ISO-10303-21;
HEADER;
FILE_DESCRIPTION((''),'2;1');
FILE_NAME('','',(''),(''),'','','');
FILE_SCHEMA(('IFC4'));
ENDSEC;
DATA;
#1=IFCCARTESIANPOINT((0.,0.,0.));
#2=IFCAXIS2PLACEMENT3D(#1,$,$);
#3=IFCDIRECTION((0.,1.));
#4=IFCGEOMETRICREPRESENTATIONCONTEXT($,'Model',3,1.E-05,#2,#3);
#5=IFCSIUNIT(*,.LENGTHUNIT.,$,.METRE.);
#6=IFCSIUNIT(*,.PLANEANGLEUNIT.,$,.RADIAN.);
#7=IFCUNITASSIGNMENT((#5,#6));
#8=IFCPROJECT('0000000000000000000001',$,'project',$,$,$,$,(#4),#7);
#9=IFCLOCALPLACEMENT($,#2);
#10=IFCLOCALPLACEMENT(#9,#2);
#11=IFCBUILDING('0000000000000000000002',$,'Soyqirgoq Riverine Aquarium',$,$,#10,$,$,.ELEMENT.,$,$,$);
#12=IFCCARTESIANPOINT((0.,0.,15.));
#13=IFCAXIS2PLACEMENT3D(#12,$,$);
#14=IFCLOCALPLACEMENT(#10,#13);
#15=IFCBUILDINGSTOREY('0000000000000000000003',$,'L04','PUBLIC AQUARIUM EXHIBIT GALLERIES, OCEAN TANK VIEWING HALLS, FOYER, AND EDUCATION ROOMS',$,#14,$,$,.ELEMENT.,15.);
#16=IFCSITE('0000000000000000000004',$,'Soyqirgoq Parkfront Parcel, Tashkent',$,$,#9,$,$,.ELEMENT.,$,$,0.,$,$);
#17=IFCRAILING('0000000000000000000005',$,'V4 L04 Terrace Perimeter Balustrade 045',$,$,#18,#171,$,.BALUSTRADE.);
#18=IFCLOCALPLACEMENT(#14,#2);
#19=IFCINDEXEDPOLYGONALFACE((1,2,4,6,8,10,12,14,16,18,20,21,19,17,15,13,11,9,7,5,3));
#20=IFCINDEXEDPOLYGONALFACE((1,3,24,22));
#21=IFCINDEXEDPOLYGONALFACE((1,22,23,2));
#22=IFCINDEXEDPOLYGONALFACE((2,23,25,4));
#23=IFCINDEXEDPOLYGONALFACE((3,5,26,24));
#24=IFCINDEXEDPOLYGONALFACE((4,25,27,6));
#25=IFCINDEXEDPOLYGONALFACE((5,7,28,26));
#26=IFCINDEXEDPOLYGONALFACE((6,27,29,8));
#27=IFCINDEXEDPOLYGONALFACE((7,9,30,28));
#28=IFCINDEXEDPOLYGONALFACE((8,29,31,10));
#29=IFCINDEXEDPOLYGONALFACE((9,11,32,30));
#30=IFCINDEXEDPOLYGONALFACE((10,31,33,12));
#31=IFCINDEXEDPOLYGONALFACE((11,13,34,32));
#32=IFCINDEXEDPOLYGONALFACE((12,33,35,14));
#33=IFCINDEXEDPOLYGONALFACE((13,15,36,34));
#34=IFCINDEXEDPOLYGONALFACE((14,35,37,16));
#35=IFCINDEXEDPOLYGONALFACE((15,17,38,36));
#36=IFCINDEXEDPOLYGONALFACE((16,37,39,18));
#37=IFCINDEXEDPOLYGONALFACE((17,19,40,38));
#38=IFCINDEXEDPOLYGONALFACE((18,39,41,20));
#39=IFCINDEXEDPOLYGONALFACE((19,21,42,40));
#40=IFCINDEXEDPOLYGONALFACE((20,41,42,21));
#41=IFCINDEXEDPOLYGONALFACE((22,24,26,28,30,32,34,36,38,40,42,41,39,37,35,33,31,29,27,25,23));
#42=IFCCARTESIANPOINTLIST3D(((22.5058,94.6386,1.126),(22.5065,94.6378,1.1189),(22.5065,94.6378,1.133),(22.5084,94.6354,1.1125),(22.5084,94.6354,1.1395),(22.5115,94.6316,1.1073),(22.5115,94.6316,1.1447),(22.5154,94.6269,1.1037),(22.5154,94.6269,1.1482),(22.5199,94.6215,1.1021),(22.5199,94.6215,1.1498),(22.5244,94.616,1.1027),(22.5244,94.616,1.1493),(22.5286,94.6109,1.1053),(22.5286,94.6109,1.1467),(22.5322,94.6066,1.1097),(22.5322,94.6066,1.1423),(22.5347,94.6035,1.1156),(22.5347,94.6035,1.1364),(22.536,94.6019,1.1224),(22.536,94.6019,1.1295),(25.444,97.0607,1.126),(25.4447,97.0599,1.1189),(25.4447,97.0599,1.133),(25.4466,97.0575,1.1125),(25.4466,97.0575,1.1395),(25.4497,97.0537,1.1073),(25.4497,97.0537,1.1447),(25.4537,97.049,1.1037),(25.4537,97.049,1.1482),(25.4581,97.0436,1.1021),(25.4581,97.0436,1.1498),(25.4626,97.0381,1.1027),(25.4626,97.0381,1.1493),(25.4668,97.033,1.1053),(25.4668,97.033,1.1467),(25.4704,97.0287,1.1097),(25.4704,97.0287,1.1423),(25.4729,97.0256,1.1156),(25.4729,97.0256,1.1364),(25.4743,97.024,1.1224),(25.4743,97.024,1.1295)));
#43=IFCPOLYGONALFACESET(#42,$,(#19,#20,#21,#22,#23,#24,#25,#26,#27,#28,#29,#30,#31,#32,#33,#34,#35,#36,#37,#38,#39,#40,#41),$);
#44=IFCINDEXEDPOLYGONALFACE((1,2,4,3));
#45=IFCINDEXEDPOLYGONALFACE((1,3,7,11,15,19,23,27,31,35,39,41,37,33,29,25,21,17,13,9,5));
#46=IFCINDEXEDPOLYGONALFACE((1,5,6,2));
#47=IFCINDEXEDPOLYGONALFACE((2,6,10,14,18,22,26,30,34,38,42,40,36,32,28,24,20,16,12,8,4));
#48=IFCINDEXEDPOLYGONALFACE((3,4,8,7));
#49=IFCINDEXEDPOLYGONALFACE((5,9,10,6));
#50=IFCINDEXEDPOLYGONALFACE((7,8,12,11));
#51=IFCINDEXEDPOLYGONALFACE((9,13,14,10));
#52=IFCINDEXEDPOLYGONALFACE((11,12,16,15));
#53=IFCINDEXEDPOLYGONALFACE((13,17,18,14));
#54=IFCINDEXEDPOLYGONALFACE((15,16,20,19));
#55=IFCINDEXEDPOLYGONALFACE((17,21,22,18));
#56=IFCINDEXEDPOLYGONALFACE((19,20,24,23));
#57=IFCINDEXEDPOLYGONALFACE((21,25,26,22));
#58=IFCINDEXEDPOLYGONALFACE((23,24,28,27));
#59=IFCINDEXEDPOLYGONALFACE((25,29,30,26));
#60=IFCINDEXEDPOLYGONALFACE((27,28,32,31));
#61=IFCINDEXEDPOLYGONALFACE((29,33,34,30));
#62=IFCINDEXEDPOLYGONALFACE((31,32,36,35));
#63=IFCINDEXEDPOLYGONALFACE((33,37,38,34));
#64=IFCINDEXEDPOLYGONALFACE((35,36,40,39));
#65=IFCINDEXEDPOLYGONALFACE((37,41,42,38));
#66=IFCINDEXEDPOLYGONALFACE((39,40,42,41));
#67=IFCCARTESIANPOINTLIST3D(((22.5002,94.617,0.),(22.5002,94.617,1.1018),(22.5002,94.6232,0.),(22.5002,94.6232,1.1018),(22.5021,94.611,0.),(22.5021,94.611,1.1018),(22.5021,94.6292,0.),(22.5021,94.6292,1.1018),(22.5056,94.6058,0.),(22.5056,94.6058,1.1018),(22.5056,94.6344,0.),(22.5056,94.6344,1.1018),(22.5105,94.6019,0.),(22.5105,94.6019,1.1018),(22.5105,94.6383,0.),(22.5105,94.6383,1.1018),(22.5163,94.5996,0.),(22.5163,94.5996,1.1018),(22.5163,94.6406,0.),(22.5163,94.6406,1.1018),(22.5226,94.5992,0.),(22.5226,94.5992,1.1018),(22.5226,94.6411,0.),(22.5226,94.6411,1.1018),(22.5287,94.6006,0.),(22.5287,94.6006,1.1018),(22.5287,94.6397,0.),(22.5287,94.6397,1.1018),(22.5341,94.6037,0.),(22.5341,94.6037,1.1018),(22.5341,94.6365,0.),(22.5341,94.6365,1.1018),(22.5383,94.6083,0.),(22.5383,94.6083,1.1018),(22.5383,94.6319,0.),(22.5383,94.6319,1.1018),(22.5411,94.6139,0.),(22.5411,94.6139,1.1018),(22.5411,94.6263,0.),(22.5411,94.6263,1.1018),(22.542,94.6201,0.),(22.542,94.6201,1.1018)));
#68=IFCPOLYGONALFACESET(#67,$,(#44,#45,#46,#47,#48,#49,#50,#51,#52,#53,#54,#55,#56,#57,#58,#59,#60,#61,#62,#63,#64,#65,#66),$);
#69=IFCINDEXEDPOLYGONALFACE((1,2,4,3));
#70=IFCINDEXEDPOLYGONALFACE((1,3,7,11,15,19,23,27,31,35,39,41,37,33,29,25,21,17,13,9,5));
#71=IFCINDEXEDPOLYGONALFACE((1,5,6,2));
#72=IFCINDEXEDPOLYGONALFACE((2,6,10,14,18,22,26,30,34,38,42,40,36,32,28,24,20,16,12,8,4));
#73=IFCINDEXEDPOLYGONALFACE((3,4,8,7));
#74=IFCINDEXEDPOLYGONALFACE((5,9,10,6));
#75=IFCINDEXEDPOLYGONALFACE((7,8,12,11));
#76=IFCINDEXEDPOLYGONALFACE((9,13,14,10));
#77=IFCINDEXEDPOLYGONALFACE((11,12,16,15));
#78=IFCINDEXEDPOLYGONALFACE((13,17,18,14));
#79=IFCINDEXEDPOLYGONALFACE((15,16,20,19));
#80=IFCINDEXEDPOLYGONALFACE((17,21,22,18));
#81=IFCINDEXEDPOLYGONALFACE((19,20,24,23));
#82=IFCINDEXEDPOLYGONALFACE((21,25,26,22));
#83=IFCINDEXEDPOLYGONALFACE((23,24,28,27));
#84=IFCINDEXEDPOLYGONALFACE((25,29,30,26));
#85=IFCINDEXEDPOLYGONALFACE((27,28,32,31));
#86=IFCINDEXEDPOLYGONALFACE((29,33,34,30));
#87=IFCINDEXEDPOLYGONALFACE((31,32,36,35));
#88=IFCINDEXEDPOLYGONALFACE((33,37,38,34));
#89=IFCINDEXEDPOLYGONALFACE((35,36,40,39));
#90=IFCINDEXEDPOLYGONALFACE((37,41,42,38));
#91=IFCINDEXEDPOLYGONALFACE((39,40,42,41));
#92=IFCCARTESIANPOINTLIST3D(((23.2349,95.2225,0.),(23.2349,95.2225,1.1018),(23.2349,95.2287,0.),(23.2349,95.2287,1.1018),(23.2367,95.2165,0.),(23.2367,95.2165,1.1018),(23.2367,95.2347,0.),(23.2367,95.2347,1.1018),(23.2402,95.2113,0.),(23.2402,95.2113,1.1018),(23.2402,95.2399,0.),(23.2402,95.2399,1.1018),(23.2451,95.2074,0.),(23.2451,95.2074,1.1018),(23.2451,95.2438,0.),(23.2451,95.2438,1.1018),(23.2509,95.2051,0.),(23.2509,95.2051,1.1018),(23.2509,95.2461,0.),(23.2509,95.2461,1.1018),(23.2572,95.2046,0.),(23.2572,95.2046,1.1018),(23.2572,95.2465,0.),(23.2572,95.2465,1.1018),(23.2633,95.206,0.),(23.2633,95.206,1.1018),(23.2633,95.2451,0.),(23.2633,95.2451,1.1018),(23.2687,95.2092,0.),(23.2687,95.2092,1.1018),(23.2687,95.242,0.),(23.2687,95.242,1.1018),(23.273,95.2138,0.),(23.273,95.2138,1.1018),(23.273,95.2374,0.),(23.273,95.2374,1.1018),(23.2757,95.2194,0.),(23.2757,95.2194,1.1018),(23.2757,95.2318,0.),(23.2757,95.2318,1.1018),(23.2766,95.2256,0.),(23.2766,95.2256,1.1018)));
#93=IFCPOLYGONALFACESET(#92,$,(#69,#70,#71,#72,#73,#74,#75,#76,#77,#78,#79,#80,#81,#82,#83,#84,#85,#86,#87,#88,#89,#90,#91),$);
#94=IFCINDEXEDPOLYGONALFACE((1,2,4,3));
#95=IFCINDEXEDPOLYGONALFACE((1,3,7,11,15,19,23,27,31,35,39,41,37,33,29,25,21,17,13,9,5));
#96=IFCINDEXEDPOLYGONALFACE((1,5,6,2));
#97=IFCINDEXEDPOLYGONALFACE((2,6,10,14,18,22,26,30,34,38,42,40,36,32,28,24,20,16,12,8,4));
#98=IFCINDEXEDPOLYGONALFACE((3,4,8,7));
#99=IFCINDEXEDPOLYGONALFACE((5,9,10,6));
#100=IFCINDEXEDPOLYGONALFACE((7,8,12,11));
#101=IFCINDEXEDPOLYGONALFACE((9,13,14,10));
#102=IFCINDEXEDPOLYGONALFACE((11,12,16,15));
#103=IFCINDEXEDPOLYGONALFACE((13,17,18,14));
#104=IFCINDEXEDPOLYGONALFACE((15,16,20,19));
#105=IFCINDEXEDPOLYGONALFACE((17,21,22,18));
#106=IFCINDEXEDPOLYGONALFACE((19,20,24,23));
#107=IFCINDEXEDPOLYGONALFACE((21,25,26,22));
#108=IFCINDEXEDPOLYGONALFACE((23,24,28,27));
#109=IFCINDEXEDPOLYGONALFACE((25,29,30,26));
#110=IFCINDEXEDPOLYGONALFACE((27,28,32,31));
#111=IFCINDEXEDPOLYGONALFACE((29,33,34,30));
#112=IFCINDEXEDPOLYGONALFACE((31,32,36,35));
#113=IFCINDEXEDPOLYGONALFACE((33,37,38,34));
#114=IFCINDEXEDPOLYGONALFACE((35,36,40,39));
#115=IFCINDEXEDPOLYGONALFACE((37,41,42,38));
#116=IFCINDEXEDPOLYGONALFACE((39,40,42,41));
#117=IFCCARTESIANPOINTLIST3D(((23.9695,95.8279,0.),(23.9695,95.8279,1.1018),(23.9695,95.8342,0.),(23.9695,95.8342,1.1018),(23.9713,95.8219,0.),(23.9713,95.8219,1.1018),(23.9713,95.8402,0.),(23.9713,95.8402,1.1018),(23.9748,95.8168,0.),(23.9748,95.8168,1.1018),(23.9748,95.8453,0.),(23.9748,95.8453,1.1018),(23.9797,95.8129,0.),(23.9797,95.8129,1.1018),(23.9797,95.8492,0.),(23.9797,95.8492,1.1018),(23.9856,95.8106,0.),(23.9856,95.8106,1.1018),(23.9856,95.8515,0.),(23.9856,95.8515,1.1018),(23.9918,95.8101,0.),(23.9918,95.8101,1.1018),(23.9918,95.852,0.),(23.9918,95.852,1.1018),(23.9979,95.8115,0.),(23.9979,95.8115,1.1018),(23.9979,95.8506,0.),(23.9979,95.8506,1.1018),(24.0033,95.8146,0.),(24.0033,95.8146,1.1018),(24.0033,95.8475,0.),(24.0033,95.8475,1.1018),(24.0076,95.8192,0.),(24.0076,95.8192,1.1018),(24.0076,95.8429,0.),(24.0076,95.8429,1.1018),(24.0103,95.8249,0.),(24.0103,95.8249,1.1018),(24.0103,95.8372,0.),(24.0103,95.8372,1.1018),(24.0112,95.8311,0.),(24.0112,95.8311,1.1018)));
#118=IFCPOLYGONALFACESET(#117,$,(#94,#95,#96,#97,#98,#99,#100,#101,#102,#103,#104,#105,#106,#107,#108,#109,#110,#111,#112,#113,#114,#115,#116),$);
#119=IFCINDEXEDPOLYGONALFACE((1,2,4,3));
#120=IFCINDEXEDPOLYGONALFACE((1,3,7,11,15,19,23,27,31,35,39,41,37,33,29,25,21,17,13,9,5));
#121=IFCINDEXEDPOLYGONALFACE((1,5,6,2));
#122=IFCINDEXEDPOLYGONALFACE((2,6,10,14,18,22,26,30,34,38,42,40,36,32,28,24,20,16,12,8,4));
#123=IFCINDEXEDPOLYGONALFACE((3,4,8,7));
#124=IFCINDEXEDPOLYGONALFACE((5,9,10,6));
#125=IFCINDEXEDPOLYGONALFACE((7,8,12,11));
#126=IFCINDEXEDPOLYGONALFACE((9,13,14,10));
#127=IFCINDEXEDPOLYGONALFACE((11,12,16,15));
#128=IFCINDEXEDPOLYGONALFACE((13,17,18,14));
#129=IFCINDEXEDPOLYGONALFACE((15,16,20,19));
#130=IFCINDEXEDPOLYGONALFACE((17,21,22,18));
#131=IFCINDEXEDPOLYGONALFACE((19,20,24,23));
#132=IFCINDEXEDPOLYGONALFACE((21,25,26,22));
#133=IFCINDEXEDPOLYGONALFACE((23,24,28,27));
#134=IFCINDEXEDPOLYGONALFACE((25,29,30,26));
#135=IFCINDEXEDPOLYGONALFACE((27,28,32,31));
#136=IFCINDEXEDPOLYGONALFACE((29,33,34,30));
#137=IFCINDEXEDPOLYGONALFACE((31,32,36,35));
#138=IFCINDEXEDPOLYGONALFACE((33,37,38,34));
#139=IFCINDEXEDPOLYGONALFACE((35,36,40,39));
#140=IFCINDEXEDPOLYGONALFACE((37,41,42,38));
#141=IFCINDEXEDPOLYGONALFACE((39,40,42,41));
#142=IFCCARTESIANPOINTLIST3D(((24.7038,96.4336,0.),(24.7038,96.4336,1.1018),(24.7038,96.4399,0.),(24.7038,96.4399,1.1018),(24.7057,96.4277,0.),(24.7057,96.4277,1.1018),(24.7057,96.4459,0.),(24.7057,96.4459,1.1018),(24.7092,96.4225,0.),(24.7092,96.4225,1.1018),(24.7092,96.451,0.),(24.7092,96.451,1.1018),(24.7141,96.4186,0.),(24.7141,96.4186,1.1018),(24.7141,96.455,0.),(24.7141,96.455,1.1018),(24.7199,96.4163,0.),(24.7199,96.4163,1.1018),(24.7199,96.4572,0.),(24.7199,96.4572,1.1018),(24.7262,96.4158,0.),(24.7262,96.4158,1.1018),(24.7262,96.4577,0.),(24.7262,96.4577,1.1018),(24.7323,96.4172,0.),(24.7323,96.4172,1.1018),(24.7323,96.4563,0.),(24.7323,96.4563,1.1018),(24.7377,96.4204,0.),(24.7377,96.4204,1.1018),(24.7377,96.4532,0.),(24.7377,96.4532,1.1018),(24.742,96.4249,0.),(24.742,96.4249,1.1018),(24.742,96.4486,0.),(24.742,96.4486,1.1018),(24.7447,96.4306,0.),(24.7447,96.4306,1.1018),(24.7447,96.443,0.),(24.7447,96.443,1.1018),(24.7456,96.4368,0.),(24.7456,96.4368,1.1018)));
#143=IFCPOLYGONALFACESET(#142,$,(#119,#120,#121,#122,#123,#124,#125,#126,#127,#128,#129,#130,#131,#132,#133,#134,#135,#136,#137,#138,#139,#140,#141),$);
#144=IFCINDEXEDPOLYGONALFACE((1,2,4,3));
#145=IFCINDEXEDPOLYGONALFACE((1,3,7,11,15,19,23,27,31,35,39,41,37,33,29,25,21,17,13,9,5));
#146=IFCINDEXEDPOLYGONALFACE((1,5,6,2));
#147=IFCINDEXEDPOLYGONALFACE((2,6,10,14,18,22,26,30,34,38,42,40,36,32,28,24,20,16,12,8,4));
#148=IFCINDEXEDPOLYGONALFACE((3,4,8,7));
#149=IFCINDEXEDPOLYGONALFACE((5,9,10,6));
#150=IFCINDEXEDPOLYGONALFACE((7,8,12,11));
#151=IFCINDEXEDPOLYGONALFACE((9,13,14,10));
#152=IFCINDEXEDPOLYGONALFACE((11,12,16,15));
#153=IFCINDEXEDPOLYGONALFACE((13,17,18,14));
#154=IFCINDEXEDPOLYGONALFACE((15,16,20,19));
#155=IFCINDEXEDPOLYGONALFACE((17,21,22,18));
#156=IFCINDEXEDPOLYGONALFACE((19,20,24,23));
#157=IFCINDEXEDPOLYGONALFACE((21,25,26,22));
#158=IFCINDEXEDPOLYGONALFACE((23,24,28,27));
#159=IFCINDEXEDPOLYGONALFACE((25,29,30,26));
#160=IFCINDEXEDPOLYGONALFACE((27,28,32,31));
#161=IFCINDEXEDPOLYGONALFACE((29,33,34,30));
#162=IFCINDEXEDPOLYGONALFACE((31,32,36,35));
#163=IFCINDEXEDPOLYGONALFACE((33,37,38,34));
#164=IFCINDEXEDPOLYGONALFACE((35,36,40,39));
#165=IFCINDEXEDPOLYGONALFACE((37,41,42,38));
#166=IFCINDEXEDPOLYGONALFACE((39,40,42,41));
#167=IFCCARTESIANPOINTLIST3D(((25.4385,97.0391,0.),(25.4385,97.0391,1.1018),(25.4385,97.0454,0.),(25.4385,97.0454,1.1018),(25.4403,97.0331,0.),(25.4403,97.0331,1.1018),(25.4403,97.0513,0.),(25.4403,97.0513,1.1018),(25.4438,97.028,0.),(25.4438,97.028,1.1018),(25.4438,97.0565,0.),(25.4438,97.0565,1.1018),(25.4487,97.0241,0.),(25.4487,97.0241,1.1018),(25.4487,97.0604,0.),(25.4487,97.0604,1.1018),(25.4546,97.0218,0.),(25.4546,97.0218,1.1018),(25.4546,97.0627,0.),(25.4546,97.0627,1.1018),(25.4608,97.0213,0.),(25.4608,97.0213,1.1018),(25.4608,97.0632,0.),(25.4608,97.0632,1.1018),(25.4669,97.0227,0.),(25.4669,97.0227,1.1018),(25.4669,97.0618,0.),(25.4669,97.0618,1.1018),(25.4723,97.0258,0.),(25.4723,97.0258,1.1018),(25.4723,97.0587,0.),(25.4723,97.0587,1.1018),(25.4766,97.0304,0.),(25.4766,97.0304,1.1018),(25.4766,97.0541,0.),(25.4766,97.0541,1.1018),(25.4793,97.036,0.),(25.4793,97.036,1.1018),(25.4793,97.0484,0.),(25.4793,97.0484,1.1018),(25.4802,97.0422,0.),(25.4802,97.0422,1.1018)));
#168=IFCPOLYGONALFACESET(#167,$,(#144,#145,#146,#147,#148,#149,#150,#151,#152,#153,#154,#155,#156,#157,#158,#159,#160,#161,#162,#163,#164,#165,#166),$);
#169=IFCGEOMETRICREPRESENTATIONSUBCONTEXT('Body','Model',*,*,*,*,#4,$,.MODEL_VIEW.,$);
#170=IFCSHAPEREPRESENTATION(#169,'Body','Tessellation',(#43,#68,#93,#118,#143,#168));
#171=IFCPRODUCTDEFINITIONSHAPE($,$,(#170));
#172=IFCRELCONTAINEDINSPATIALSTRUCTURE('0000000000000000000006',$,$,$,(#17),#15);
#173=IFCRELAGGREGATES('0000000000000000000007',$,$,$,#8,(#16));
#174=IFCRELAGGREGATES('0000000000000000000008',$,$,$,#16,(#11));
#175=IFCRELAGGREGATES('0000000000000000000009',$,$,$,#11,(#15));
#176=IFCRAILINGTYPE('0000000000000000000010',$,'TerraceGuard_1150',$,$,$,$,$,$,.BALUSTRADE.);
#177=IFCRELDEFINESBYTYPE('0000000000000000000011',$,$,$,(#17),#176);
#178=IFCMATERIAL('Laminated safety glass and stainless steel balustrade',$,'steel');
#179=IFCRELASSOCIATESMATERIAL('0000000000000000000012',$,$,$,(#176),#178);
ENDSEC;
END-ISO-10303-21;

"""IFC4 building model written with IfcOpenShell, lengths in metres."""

from ifc_helpers import new_model, si_unit, direction, frame, origin, origin_2d, place, context, subcontext, project, spatial, circle, extrude, material, type_object, element, save


model = new_model("IFC4")

# Units and contexts
model_context = context("Model", 3, precision=1e-05, world=origin(), true_north=direction((0.0, 1.0)))
body_context = subcontext(model_context, "Body", "Model", "MODEL_VIEW")
ifc_project = project(units=[si_unit("LENGTHUNIT", "METRE"), si_unit("PLANEANGLEUNIT", "RADIAN")], contexts=[model_context])

# Site, building, storey
site_placement = place(None, origin())
site = spatial("IfcSite", under=ifc_project, at=site_placement, Name="Soyqirgoq Parkfront Parcel, Tashkent", CompositionType="ELEMENT", RefElevation=0.0)
building_placement = place(site_placement, origin())
building = spatial("IfcBuilding", under=site, at=building_placement, Name="Soyqirgoq Riverine Aquarium", CompositionType="ELEMENT")
storey_placement = place(building_placement, frame((0.0, 0.0, 15.0)))
storey = spatial("IfcBuildingStorey", under=building, at=storey_placement, Name="L04", Description="PUBLIC AQUARIUM EXHIBIT GALLERIES, OCEAN TANK VIEWING HALLS, FOYER, AND EDUCATION ROOMS", CompositionType="ELEMENT", Elevation=15.0)

# Railing
ifc_material_1 = material(Name="Laminated safety glass and stainless steel balustrade", Category="steel")
railing_type = type_object("IfcRailingType", Name="TerraceGuard_1150", PredefinedType="BALUSTRADE", material=ifc_material_1)
railing_1_placement = place(storey_placement, frame((22.521, 94.6201, 0.0)))
element("IfcRailing", 1, at=railing_1_placement, inside=storey, type_object=railing_type, Name="V4 L04 Terrace Perimeter Balustrade 045", PredefinedType="BALUSTRADE", context=body_context, shape_type="SweptSolid", body=[
    extrude(circle(Radius=0.0239, at=origin_2d()), frame((0.0, 0.0, 1.126), z_axis=(0.771621, 0.636082, 0.0), x_axis=(-0.636082, 0.771621, 0.0)), (0.0, 0.0, 1.0), 3.8079),
    extrude(circle(Radius=0.021, at=origin_2d()), origin(), (0.0, 0.0, 1.0), 1.1018),
    extrude(circle(Radius=0.021, at=origin_2d()), frame((0.7346, 0.6055, 0.0)), (0.0, 0.0, 1.0), 1.1018),
    extrude(circle(Radius=0.021, at=origin_2d()), frame((1.4692, 1.2109, 0.0)), (0.0, 0.0, 1.0), 1.1018),
    extrude(circle(Radius=0.021, at=origin_2d()), frame((2.2036, 1.8167, 0.0)), (0.0, 0.0, 1.0), 1.1018),
    extrude(circle(Radius=0.021, at=origin_2d()), frame((2.9382, 2.4221, 0.0)), (0.0, 0.0, 1.0), 1.1018),
])

save(model, "model.ifc")
